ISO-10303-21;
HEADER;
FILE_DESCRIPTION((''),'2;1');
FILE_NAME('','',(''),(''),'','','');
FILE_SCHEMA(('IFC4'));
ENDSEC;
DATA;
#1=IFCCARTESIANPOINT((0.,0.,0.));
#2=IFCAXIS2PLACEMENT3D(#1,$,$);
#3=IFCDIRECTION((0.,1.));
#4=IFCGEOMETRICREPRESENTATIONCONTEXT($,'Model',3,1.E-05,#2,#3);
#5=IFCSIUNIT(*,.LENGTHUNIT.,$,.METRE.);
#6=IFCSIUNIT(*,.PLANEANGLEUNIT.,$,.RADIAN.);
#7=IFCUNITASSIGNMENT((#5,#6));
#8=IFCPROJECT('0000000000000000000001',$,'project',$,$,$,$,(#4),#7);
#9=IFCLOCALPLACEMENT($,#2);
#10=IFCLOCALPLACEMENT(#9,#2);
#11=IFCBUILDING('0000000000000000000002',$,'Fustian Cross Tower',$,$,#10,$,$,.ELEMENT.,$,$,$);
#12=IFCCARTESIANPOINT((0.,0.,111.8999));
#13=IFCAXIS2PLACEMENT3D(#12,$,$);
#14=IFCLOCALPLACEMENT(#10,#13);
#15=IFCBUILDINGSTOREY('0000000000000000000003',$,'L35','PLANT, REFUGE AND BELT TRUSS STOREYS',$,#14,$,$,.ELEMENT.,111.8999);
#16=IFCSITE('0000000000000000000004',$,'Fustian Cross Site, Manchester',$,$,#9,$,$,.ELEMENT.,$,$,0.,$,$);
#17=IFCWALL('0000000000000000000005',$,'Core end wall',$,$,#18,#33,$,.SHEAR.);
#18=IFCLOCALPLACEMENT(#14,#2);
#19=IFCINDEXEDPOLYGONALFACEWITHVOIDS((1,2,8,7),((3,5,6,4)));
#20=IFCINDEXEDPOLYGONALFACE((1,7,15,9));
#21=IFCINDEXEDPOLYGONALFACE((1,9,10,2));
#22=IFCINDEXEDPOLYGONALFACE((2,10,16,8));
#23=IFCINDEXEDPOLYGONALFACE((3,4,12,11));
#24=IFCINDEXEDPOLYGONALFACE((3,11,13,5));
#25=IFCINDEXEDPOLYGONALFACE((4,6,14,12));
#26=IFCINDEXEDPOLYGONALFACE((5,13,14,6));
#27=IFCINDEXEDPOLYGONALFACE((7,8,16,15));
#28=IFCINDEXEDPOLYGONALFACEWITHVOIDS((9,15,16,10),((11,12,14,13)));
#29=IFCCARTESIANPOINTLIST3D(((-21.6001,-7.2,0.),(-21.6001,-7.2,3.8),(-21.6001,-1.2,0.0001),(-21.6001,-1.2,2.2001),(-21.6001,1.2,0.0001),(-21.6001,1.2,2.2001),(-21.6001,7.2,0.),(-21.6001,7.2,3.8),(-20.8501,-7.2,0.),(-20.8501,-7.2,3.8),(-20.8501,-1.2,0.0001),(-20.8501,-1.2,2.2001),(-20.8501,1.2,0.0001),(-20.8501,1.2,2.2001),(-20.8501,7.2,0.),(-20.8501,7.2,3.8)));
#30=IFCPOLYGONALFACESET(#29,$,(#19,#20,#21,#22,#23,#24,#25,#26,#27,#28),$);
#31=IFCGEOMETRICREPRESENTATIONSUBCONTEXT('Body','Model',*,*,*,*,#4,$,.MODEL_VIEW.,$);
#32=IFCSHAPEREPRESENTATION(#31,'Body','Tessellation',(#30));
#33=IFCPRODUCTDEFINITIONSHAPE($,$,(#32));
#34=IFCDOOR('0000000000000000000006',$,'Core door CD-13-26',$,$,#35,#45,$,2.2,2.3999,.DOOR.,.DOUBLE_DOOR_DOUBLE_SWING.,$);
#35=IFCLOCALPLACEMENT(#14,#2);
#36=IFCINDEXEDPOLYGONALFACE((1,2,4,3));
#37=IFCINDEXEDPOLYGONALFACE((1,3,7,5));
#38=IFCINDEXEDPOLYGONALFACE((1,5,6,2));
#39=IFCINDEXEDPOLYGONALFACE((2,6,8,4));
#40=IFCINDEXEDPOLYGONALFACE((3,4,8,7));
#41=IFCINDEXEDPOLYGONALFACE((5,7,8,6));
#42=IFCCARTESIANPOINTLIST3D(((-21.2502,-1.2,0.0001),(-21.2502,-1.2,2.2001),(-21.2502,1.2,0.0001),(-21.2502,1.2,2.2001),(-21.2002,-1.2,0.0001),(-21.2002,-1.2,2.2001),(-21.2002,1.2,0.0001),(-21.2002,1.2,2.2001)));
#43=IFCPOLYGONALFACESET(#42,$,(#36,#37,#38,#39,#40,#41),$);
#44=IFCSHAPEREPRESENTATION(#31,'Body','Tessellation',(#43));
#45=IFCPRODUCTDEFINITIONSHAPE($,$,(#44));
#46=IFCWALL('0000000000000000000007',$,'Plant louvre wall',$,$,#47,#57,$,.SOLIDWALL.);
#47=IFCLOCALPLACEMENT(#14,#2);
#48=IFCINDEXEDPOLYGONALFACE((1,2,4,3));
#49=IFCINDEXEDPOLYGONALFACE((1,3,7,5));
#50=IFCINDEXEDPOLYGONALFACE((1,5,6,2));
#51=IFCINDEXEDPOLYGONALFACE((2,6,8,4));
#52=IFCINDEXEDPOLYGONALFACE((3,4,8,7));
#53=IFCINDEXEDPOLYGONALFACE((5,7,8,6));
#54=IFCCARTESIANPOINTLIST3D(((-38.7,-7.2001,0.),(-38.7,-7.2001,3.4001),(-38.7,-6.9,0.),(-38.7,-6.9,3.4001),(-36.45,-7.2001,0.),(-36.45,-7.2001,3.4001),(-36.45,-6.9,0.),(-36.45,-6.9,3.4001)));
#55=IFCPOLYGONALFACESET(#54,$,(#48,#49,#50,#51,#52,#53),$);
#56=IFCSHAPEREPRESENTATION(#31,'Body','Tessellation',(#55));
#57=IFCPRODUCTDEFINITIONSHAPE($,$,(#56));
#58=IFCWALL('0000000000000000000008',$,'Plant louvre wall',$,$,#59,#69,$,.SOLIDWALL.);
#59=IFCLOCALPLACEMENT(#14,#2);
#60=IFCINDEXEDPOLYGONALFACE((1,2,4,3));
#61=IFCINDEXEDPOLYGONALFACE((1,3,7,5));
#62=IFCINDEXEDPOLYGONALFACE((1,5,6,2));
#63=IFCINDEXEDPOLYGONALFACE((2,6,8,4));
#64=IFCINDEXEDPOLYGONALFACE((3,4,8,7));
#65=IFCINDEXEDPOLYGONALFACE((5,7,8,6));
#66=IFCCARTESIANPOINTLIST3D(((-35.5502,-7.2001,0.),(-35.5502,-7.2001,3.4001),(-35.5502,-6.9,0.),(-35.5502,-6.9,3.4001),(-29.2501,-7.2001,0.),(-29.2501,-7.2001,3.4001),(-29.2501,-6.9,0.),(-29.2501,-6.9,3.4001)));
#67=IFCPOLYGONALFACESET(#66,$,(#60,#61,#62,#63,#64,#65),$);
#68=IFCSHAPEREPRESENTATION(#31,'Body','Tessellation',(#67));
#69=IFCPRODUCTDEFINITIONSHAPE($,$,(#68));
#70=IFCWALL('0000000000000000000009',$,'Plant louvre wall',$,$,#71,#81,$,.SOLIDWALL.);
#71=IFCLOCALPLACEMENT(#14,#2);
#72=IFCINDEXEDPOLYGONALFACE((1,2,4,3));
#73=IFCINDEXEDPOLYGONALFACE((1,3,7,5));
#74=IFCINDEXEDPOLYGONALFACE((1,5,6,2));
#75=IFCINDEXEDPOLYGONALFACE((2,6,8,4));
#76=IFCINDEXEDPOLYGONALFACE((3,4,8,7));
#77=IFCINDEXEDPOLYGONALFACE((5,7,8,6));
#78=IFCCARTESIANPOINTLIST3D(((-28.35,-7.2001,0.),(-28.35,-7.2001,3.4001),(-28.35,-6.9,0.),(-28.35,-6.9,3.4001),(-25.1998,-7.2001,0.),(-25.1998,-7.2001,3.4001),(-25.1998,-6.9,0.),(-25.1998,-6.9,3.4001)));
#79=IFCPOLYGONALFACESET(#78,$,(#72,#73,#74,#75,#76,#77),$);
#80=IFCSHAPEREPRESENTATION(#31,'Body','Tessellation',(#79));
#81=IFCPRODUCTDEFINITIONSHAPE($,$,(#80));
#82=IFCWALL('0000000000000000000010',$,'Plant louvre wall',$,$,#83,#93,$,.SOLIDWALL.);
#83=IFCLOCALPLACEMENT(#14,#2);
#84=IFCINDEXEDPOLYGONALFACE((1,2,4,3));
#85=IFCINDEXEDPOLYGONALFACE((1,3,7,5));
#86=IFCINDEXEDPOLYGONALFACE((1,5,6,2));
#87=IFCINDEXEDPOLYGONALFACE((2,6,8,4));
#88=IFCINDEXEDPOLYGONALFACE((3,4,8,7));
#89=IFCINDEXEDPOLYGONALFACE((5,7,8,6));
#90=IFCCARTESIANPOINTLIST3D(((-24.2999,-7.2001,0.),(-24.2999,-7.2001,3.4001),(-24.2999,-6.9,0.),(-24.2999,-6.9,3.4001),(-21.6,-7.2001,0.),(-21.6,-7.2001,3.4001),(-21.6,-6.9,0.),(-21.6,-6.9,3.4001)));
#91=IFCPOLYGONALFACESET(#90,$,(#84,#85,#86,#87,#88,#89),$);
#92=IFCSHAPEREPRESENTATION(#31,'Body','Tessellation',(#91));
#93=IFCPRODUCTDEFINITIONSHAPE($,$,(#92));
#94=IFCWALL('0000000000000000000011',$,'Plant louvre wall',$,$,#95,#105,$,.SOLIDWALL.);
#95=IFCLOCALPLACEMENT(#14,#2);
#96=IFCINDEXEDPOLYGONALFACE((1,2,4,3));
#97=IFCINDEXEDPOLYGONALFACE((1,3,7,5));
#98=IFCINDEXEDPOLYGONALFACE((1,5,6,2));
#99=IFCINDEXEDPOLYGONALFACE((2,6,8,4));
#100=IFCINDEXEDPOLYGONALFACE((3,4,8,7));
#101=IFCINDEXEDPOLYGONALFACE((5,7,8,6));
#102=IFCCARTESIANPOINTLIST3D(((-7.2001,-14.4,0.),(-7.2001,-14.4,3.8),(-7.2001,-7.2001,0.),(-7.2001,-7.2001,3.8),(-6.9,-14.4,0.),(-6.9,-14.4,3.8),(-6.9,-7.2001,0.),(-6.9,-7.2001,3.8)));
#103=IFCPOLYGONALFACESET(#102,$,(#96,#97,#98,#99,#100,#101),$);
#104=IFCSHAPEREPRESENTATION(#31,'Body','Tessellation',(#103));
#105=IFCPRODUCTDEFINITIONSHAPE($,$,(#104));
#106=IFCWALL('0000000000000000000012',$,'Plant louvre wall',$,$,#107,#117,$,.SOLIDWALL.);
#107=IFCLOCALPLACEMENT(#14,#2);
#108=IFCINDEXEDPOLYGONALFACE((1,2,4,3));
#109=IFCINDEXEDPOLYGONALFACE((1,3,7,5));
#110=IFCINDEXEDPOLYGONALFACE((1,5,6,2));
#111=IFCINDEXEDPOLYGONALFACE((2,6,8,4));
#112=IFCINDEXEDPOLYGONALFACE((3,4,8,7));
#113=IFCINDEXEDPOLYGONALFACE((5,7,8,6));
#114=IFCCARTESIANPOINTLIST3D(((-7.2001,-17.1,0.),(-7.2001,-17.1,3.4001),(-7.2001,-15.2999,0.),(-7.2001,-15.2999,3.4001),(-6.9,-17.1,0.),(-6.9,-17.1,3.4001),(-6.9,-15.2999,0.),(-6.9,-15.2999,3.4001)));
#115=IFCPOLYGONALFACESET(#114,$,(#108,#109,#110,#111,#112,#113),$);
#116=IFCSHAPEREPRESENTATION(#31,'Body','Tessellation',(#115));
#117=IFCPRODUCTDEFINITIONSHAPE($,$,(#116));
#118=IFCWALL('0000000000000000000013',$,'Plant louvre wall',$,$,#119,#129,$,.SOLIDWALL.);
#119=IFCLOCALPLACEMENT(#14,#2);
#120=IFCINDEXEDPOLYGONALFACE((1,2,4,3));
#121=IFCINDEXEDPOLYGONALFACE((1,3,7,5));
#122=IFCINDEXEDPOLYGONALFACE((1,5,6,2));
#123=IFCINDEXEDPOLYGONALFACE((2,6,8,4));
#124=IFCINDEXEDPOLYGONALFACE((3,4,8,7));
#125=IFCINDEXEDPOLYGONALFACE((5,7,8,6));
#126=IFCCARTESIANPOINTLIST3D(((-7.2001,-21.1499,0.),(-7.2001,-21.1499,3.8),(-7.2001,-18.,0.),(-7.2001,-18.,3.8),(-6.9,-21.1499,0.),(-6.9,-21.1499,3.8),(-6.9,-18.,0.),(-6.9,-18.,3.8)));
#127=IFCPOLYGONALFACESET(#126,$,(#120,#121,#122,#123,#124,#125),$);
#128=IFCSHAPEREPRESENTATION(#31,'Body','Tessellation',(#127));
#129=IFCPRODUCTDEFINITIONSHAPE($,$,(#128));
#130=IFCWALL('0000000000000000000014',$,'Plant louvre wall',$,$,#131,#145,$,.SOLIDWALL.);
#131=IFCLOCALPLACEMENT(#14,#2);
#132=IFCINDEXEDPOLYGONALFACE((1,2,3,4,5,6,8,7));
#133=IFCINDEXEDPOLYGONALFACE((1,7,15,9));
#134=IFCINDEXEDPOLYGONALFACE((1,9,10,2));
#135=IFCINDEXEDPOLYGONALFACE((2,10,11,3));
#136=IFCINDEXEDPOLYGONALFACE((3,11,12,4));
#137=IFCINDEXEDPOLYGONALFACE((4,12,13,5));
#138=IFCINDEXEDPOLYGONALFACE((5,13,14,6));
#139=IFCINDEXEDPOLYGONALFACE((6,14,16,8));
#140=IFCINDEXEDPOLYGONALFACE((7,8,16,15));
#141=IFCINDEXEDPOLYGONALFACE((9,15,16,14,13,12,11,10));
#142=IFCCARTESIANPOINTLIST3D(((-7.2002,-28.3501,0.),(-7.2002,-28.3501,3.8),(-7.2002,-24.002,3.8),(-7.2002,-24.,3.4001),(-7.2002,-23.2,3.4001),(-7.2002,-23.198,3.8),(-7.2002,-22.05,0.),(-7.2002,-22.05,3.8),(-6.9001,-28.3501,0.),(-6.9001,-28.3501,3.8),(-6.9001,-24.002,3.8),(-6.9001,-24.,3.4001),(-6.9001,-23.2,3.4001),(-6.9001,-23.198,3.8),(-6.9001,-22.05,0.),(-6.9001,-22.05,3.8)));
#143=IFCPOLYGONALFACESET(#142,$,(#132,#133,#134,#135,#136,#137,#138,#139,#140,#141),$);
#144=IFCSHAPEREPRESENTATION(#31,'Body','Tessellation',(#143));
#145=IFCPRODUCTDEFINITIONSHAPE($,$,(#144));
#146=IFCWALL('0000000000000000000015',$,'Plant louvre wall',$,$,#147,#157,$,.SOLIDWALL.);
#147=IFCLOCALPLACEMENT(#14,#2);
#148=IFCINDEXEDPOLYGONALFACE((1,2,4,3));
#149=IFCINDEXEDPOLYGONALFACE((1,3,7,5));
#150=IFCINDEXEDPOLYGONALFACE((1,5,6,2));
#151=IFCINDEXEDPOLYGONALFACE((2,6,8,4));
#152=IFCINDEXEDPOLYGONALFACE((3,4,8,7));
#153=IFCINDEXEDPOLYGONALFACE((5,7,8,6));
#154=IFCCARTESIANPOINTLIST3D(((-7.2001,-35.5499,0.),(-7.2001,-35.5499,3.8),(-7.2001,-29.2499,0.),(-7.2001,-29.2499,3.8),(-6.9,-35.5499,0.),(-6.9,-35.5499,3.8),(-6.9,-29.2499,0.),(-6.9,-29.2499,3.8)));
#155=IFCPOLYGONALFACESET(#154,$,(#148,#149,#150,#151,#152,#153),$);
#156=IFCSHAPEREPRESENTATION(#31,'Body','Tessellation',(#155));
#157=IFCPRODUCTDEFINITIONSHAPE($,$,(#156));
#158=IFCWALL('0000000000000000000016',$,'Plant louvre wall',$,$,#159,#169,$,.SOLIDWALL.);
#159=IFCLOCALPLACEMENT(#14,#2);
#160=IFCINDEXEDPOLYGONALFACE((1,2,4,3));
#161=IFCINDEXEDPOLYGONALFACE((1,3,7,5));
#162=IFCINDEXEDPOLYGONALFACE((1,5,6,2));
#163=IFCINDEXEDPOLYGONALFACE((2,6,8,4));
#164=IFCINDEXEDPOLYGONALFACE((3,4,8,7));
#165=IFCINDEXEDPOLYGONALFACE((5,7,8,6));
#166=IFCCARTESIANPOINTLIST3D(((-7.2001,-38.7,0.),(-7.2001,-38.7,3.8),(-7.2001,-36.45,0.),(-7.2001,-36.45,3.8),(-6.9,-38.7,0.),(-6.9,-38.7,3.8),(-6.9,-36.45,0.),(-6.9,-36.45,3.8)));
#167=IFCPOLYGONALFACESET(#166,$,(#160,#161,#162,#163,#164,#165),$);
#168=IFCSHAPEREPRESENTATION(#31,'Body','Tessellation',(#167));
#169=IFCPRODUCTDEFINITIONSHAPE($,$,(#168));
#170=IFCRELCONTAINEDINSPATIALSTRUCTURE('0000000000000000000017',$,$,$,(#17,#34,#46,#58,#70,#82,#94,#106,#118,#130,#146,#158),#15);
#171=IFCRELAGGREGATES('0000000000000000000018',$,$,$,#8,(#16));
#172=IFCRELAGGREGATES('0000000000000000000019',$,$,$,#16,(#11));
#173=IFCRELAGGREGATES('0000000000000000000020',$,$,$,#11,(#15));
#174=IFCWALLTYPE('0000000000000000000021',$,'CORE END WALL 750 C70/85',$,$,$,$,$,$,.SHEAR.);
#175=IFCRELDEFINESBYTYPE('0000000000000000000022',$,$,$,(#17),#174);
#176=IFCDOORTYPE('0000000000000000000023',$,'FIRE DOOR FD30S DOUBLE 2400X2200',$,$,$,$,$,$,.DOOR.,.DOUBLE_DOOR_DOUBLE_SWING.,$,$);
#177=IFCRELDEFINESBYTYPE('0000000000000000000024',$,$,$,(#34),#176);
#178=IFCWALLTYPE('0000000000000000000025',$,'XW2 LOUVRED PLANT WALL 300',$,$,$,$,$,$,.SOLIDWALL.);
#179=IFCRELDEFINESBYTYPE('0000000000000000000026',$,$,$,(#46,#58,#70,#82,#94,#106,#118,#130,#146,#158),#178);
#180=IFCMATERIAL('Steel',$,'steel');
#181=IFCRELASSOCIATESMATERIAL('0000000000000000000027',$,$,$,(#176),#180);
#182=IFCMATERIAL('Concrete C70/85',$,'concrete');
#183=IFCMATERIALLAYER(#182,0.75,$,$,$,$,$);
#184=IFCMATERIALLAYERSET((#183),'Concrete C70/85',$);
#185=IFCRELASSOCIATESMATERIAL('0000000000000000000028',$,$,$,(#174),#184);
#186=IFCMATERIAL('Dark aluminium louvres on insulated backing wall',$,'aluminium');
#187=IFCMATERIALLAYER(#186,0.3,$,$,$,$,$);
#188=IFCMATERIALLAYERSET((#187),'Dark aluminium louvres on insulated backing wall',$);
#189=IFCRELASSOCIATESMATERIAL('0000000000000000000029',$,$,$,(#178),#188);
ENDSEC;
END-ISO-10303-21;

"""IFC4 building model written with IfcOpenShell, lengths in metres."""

from ifc_helpers import new_model, si_unit, direction, frame, frame_2d, origin, place, context, subcontext, project, spatial, polyline, rectangle, outline, extrude, material, layer, layer_set, type_object, element, fill, save


model = new_model("IFC4")

# Units and contexts
model_context = context("Model", 3, precision=1e-05, world=origin(), true_north=direction((0.0, 1.0)))
body_context = subcontext(model_context, "Body", "Model", "MODEL_VIEW")
ifc_project = project(units=[si_unit("LENGTHUNIT", "METRE"), si_unit("PLANEANGLEUNIT", "RADIAN")], contexts=[model_context])

# Site, building, storey
site_placement = place(None, origin())
site = spatial("IfcSite", under=ifc_project, at=site_placement, Name="Fustian Cross Site, Manchester", CompositionType="ELEMENT", RefElevation=0.0)
building_placement = place(site_placement, origin())
building = spatial("IfcBuilding", under=site, at=building_placement, Name="Fustian Cross Tower", CompositionType="ELEMENT")
storey_placement = place(building_placement, frame((0.0, 0.0, 111.8999)))
storey = spatial("IfcBuildingStorey", under=building, at=storey_placement, Name="L35", Description="PLANT, REFUGE AND BELT TRUSS STOREYS", CompositionType="ELEMENT", Elevation=111.8999)

# Wall, opening, door
ifc_material_1 = material(Name="Steel", Category="steel")
door_type = type_object("IfcDoorType", Name="FIRE DOOR FD30S DOUBLE 2400X2200", OperationType="DOUBLE_DOOR_DOUBLE_SWING", PredefinedType="DOOR", material=ifc_material_1)
ifc_material_2 = material(Name="Concrete C70/85", Category="concrete")
ifc_layer_1 = layer(ifc_material_2, 0.75)
ifc_layer_set_1 = layer_set([ifc_layer_1], Name="Concrete C70/85")
wall_type_1 = type_object("IfcWallType", Name="CORE END WALL 750 C70/85", PredefinedType="SHEAR", material=ifc_layer_set_1)
wall_1_placement = place(storey_placement, frame((-21.2251, -7.2, 0.0), z_axis=(0.0, 0.0, 1.0), x_axis=(0.0, 1.0, 0.0)))
wall_1 = element("IfcWall", 1, at=wall_1_placement, inside=storey, type_object=wall_type_1, Name="Core end wall", PredefinedType="SHEAR", context=body_context, shape_type="SweptSolid", body=[
    extrude(rectangle(XDim=14.3999, YDim=0.75, at=frame_2d((7.2, 0.0))), origin(), (0.0, 0.0, 1.0), 3.8),
])
opening_1_placement = place(wall_1_placement, frame((6.0, 0.0, 0.0)))
opening_1 = element("IfcOpeningElement", 2, at=opening_1_placement, cuts=wall_1, PredefinedType="OPENING", context=body_context, shape_type="SweptSolid", body=[
    extrude(rectangle(XDim=2.3999, YDim=2.2, at=frame_2d((1.2, 1.1001))), frame((0.0, 0.385, 0.0), z_axis=(0.0, -1.0, 0.0), x_axis=(1.0, 0.0, 0.0)), (0.0, 0.0, 1.0), 0.77),
])
door_1_placement = place(opening_1_placement, frame((2.3999, 0.0, 0.0), z_axis=(0.0, 0.0, 1.0), x_axis=(-1.0, 0.0, 0.0)))
door_1 = element("IfcDoor", 3, at=door_1_placement, inside=storey, type_object=door_type, Name="Core door CD-13-26", OperationType="DOUBLE_DOOR_DOUBLE_SWING", OverallHeight=2.2, OverallWidth=2.3999, PredefinedType="DOOR", context=body_context, shape_type="SweptSolid", body=[
    extrude(rectangle(XDim=2.3999, YDim=2.2, at=frame_2d((1.2, 1.1001))), frame((0.0, 0.0249, 0.0), z_axis=(0.0, -1.0, 0.0), x_axis=(1.0, 0.0, 0.0)), (0.0, 0.0, 1.0), 0.05),
])
fill(opening_1, door_1)

# Walls
ifc_material_3 = material(Name="Dark aluminium louvres on insulated backing wall", Category="aluminium")
ifc_layer_2 = layer(ifc_material_3, 0.3)
ifc_layer_set_2 = layer_set([ifc_layer_2], Name="Dark aluminium louvres on insulated backing wall")
wall_type_2 = type_object("IfcWallType", Name="XW2 LOUVRED PLANT WALL 300", PredefinedType="SOLIDWALL", material=ifc_layer_set_2)
wall_2_placement = place(storey_placement, frame((-38.7, -7.05, 0.0), z_axis=(0.0, 0.0, 1.0), x_axis=(1.0, 0.0, 0.0)))
element("IfcWall", 4, at=wall_2_placement, inside=storey, type_object=wall_type_2, Name="Plant louvre wall", PredefinedType="SOLIDWALL", context=body_context, shape_type="SweptSolid", body=[
    extrude(rectangle(XDim=2.25, YDim=0.3, at=frame_2d((1.125, 0.0))), origin(), (0.0, 0.0, 1.0), 3.4001),
])
wall_3_placement = place(storey_placement, frame((-35.55, -7.05, 0.0), z_axis=(0.0, 0.0, 1.0), x_axis=(1.0, 0.0, 0.0)))
element("IfcWall", 5, at=wall_3_placement, inside=storey, type_object=wall_type_2, Name="Plant louvre wall", PredefinedType="SOLIDWALL", context=body_context, shape_type="SweptSolid", body=[
    extrude(rectangle(XDim=6.3, YDim=0.3, at=frame_2d((3.1499, 0.0))), origin(), (0.0, 0.0, 1.0), 3.4001),
])
wall_4_placement = place(storey_placement, frame((-28.3501, -7.05, 0.0), z_axis=(0.0, 0.0, 1.0), x_axis=(1.0, 0.0, 0.0)))
element("IfcWall", 6, at=wall_4_placement, inside=storey, type_object=wall_type_2, Name="Plant louvre wall", PredefinedType="SOLIDWALL", context=body_context, shape_type="SweptSolid", body=[
    extrude(rectangle(XDim=3.1501, YDim=0.3, at=frame_2d((1.5752, 0.0))), origin(), (0.0, 0.0, 1.0), 3.4001),
])
wall_5_placement = place(storey_placement, frame((-24.3, -7.05, 0.0), z_axis=(0.0, 0.0, 1.0), x_axis=(1.0, 0.0, 0.0)))
element("IfcWall", 7, at=wall_5_placement, inside=storey, type_object=wall_type_2, Name="Plant louvre wall", PredefinedType="SOLIDWALL", context=body_context, shape_type="SweptSolid", body=[
    extrude(rectangle(XDim=2.7, YDim=0.3, at=frame_2d((1.3501, 0.0))), origin(), (0.0, 0.0, 1.0), 3.4001),
])
wall_6_placement = place(storey_placement, frame((-7.05, -7.2, 0.0), z_axis=(0.0, 0.0, 1.0), x_axis=(0.0, -1.0, 0.0)))
element("IfcWall", 8, at=wall_6_placement, inside=storey, type_object=wall_type_2, Name="Plant louvre wall", PredefinedType="SOLIDWALL", context=body_context, shape_type="SweptSolid", body=[
    extrude(rectangle(XDim=7.2, YDim=0.3, at=frame_2d((3.6001, 0.0))), origin(), (0.0, 0.0, 1.0), 3.8),
])
wall_7_placement = place(storey_placement, frame((-7.05, -15.3, 0.0), z_axis=(0.0, 0.0, 1.0), x_axis=(0.0, -1.0, 0.0)))
element("IfcWall", 9, at=wall_7_placement, inside=storey, type_object=wall_type_2, Name="Plant louvre wall", PredefinedType="SOLIDWALL", context=body_context, shape_type="SweptSolid", body=[
    extrude(rectangle(XDim=1.8, YDim=0.3, at=frame_2d((0.8999, 0.0))), origin(), (0.0, 0.0, 1.0), 3.4001),
])
wall_8_placement = place(storey_placement, frame((-7.05, -18.0, 0.0), z_axis=(0.0, 0.0, 1.0), x_axis=(0.0, -1.0, 0.0)))
element("IfcWall", 10, at=wall_8_placement, inside=storey, type_object=wall_type_2, Name="Plant louvre wall", PredefinedType="SOLIDWALL", context=body_context, shape_type="SweptSolid", body=[
    extrude(rectangle(XDim=3.1499, YDim=0.3, at=frame_2d((1.575, 0.0))), origin(), (0.0, 0.0, 1.0), 3.8),
])
wall_9_placement = place(storey_placement, frame((-7.05, -22.05, 0.0), z_axis=(0.0, 0.0, 1.0), x_axis=(0.0, -1.0, 0.0)))
element("IfcWall", 11, at=wall_9_placement, inside=storey, type_object=wall_type_2, Name="Plant louvre wall", PredefinedType="SOLIDWALL", context=body_context, shape_type="SweptSolid", body=[
    extrude(outline(polyline([(0.0, 0.0), (6.3, 0.0), (6.3, 3.8), (1.9519, 3.8), (1.95, 3.4001), (1.1499, 3.4001), (1.1479, 3.8), (0.0, 3.8), (0.0, 0.0)])), frame((0.0, 0.1499, 0.0), z_axis=(0.0, -1.0, 0.0), x_axis=(1.0, 0.0, 0.0)), (0.0, 0.0, 1.0), 0.3),
])
wall_10_placement = place(storey_placement, frame((-7.05, -29.25, 0.0), z_axis=(0.0, 0.0, 1.0), x_axis=(0.0, -1.0, 0.0)))
element("IfcWall", 12, at=wall_10_placement, inside=storey, type_object=wall_type_2, Name="Plant louvre wall", PredefinedType="SOLIDWALL", context=body_context, shape_type="SweptSolid", body=[
    extrude(rectangle(XDim=6.3, YDim=0.3, at=frame_2d((3.1499, 0.0))), origin(), (0.0, 0.0, 1.0), 3.8),
])
wall_11_placement = place(storey_placement, frame((-7.05, -36.45, 0.0), z_axis=(0.0, 0.0, 1.0), x_axis=(0.0, -1.0, 0.0)))
element("IfcWall", 13, at=wall_11_placement, inside=storey, type_object=wall_type_2, Name="Plant louvre wall", PredefinedType="SOLIDWALL", context=body_context, shape_type="SweptSolid", body=[
    extrude(rectangle(XDim=2.25, YDim=0.3, at=frame_2d((1.125, 0.0))), origin(), (0.0, 0.0, 1.0), 3.8),
])

save(model, "model.ifc")
